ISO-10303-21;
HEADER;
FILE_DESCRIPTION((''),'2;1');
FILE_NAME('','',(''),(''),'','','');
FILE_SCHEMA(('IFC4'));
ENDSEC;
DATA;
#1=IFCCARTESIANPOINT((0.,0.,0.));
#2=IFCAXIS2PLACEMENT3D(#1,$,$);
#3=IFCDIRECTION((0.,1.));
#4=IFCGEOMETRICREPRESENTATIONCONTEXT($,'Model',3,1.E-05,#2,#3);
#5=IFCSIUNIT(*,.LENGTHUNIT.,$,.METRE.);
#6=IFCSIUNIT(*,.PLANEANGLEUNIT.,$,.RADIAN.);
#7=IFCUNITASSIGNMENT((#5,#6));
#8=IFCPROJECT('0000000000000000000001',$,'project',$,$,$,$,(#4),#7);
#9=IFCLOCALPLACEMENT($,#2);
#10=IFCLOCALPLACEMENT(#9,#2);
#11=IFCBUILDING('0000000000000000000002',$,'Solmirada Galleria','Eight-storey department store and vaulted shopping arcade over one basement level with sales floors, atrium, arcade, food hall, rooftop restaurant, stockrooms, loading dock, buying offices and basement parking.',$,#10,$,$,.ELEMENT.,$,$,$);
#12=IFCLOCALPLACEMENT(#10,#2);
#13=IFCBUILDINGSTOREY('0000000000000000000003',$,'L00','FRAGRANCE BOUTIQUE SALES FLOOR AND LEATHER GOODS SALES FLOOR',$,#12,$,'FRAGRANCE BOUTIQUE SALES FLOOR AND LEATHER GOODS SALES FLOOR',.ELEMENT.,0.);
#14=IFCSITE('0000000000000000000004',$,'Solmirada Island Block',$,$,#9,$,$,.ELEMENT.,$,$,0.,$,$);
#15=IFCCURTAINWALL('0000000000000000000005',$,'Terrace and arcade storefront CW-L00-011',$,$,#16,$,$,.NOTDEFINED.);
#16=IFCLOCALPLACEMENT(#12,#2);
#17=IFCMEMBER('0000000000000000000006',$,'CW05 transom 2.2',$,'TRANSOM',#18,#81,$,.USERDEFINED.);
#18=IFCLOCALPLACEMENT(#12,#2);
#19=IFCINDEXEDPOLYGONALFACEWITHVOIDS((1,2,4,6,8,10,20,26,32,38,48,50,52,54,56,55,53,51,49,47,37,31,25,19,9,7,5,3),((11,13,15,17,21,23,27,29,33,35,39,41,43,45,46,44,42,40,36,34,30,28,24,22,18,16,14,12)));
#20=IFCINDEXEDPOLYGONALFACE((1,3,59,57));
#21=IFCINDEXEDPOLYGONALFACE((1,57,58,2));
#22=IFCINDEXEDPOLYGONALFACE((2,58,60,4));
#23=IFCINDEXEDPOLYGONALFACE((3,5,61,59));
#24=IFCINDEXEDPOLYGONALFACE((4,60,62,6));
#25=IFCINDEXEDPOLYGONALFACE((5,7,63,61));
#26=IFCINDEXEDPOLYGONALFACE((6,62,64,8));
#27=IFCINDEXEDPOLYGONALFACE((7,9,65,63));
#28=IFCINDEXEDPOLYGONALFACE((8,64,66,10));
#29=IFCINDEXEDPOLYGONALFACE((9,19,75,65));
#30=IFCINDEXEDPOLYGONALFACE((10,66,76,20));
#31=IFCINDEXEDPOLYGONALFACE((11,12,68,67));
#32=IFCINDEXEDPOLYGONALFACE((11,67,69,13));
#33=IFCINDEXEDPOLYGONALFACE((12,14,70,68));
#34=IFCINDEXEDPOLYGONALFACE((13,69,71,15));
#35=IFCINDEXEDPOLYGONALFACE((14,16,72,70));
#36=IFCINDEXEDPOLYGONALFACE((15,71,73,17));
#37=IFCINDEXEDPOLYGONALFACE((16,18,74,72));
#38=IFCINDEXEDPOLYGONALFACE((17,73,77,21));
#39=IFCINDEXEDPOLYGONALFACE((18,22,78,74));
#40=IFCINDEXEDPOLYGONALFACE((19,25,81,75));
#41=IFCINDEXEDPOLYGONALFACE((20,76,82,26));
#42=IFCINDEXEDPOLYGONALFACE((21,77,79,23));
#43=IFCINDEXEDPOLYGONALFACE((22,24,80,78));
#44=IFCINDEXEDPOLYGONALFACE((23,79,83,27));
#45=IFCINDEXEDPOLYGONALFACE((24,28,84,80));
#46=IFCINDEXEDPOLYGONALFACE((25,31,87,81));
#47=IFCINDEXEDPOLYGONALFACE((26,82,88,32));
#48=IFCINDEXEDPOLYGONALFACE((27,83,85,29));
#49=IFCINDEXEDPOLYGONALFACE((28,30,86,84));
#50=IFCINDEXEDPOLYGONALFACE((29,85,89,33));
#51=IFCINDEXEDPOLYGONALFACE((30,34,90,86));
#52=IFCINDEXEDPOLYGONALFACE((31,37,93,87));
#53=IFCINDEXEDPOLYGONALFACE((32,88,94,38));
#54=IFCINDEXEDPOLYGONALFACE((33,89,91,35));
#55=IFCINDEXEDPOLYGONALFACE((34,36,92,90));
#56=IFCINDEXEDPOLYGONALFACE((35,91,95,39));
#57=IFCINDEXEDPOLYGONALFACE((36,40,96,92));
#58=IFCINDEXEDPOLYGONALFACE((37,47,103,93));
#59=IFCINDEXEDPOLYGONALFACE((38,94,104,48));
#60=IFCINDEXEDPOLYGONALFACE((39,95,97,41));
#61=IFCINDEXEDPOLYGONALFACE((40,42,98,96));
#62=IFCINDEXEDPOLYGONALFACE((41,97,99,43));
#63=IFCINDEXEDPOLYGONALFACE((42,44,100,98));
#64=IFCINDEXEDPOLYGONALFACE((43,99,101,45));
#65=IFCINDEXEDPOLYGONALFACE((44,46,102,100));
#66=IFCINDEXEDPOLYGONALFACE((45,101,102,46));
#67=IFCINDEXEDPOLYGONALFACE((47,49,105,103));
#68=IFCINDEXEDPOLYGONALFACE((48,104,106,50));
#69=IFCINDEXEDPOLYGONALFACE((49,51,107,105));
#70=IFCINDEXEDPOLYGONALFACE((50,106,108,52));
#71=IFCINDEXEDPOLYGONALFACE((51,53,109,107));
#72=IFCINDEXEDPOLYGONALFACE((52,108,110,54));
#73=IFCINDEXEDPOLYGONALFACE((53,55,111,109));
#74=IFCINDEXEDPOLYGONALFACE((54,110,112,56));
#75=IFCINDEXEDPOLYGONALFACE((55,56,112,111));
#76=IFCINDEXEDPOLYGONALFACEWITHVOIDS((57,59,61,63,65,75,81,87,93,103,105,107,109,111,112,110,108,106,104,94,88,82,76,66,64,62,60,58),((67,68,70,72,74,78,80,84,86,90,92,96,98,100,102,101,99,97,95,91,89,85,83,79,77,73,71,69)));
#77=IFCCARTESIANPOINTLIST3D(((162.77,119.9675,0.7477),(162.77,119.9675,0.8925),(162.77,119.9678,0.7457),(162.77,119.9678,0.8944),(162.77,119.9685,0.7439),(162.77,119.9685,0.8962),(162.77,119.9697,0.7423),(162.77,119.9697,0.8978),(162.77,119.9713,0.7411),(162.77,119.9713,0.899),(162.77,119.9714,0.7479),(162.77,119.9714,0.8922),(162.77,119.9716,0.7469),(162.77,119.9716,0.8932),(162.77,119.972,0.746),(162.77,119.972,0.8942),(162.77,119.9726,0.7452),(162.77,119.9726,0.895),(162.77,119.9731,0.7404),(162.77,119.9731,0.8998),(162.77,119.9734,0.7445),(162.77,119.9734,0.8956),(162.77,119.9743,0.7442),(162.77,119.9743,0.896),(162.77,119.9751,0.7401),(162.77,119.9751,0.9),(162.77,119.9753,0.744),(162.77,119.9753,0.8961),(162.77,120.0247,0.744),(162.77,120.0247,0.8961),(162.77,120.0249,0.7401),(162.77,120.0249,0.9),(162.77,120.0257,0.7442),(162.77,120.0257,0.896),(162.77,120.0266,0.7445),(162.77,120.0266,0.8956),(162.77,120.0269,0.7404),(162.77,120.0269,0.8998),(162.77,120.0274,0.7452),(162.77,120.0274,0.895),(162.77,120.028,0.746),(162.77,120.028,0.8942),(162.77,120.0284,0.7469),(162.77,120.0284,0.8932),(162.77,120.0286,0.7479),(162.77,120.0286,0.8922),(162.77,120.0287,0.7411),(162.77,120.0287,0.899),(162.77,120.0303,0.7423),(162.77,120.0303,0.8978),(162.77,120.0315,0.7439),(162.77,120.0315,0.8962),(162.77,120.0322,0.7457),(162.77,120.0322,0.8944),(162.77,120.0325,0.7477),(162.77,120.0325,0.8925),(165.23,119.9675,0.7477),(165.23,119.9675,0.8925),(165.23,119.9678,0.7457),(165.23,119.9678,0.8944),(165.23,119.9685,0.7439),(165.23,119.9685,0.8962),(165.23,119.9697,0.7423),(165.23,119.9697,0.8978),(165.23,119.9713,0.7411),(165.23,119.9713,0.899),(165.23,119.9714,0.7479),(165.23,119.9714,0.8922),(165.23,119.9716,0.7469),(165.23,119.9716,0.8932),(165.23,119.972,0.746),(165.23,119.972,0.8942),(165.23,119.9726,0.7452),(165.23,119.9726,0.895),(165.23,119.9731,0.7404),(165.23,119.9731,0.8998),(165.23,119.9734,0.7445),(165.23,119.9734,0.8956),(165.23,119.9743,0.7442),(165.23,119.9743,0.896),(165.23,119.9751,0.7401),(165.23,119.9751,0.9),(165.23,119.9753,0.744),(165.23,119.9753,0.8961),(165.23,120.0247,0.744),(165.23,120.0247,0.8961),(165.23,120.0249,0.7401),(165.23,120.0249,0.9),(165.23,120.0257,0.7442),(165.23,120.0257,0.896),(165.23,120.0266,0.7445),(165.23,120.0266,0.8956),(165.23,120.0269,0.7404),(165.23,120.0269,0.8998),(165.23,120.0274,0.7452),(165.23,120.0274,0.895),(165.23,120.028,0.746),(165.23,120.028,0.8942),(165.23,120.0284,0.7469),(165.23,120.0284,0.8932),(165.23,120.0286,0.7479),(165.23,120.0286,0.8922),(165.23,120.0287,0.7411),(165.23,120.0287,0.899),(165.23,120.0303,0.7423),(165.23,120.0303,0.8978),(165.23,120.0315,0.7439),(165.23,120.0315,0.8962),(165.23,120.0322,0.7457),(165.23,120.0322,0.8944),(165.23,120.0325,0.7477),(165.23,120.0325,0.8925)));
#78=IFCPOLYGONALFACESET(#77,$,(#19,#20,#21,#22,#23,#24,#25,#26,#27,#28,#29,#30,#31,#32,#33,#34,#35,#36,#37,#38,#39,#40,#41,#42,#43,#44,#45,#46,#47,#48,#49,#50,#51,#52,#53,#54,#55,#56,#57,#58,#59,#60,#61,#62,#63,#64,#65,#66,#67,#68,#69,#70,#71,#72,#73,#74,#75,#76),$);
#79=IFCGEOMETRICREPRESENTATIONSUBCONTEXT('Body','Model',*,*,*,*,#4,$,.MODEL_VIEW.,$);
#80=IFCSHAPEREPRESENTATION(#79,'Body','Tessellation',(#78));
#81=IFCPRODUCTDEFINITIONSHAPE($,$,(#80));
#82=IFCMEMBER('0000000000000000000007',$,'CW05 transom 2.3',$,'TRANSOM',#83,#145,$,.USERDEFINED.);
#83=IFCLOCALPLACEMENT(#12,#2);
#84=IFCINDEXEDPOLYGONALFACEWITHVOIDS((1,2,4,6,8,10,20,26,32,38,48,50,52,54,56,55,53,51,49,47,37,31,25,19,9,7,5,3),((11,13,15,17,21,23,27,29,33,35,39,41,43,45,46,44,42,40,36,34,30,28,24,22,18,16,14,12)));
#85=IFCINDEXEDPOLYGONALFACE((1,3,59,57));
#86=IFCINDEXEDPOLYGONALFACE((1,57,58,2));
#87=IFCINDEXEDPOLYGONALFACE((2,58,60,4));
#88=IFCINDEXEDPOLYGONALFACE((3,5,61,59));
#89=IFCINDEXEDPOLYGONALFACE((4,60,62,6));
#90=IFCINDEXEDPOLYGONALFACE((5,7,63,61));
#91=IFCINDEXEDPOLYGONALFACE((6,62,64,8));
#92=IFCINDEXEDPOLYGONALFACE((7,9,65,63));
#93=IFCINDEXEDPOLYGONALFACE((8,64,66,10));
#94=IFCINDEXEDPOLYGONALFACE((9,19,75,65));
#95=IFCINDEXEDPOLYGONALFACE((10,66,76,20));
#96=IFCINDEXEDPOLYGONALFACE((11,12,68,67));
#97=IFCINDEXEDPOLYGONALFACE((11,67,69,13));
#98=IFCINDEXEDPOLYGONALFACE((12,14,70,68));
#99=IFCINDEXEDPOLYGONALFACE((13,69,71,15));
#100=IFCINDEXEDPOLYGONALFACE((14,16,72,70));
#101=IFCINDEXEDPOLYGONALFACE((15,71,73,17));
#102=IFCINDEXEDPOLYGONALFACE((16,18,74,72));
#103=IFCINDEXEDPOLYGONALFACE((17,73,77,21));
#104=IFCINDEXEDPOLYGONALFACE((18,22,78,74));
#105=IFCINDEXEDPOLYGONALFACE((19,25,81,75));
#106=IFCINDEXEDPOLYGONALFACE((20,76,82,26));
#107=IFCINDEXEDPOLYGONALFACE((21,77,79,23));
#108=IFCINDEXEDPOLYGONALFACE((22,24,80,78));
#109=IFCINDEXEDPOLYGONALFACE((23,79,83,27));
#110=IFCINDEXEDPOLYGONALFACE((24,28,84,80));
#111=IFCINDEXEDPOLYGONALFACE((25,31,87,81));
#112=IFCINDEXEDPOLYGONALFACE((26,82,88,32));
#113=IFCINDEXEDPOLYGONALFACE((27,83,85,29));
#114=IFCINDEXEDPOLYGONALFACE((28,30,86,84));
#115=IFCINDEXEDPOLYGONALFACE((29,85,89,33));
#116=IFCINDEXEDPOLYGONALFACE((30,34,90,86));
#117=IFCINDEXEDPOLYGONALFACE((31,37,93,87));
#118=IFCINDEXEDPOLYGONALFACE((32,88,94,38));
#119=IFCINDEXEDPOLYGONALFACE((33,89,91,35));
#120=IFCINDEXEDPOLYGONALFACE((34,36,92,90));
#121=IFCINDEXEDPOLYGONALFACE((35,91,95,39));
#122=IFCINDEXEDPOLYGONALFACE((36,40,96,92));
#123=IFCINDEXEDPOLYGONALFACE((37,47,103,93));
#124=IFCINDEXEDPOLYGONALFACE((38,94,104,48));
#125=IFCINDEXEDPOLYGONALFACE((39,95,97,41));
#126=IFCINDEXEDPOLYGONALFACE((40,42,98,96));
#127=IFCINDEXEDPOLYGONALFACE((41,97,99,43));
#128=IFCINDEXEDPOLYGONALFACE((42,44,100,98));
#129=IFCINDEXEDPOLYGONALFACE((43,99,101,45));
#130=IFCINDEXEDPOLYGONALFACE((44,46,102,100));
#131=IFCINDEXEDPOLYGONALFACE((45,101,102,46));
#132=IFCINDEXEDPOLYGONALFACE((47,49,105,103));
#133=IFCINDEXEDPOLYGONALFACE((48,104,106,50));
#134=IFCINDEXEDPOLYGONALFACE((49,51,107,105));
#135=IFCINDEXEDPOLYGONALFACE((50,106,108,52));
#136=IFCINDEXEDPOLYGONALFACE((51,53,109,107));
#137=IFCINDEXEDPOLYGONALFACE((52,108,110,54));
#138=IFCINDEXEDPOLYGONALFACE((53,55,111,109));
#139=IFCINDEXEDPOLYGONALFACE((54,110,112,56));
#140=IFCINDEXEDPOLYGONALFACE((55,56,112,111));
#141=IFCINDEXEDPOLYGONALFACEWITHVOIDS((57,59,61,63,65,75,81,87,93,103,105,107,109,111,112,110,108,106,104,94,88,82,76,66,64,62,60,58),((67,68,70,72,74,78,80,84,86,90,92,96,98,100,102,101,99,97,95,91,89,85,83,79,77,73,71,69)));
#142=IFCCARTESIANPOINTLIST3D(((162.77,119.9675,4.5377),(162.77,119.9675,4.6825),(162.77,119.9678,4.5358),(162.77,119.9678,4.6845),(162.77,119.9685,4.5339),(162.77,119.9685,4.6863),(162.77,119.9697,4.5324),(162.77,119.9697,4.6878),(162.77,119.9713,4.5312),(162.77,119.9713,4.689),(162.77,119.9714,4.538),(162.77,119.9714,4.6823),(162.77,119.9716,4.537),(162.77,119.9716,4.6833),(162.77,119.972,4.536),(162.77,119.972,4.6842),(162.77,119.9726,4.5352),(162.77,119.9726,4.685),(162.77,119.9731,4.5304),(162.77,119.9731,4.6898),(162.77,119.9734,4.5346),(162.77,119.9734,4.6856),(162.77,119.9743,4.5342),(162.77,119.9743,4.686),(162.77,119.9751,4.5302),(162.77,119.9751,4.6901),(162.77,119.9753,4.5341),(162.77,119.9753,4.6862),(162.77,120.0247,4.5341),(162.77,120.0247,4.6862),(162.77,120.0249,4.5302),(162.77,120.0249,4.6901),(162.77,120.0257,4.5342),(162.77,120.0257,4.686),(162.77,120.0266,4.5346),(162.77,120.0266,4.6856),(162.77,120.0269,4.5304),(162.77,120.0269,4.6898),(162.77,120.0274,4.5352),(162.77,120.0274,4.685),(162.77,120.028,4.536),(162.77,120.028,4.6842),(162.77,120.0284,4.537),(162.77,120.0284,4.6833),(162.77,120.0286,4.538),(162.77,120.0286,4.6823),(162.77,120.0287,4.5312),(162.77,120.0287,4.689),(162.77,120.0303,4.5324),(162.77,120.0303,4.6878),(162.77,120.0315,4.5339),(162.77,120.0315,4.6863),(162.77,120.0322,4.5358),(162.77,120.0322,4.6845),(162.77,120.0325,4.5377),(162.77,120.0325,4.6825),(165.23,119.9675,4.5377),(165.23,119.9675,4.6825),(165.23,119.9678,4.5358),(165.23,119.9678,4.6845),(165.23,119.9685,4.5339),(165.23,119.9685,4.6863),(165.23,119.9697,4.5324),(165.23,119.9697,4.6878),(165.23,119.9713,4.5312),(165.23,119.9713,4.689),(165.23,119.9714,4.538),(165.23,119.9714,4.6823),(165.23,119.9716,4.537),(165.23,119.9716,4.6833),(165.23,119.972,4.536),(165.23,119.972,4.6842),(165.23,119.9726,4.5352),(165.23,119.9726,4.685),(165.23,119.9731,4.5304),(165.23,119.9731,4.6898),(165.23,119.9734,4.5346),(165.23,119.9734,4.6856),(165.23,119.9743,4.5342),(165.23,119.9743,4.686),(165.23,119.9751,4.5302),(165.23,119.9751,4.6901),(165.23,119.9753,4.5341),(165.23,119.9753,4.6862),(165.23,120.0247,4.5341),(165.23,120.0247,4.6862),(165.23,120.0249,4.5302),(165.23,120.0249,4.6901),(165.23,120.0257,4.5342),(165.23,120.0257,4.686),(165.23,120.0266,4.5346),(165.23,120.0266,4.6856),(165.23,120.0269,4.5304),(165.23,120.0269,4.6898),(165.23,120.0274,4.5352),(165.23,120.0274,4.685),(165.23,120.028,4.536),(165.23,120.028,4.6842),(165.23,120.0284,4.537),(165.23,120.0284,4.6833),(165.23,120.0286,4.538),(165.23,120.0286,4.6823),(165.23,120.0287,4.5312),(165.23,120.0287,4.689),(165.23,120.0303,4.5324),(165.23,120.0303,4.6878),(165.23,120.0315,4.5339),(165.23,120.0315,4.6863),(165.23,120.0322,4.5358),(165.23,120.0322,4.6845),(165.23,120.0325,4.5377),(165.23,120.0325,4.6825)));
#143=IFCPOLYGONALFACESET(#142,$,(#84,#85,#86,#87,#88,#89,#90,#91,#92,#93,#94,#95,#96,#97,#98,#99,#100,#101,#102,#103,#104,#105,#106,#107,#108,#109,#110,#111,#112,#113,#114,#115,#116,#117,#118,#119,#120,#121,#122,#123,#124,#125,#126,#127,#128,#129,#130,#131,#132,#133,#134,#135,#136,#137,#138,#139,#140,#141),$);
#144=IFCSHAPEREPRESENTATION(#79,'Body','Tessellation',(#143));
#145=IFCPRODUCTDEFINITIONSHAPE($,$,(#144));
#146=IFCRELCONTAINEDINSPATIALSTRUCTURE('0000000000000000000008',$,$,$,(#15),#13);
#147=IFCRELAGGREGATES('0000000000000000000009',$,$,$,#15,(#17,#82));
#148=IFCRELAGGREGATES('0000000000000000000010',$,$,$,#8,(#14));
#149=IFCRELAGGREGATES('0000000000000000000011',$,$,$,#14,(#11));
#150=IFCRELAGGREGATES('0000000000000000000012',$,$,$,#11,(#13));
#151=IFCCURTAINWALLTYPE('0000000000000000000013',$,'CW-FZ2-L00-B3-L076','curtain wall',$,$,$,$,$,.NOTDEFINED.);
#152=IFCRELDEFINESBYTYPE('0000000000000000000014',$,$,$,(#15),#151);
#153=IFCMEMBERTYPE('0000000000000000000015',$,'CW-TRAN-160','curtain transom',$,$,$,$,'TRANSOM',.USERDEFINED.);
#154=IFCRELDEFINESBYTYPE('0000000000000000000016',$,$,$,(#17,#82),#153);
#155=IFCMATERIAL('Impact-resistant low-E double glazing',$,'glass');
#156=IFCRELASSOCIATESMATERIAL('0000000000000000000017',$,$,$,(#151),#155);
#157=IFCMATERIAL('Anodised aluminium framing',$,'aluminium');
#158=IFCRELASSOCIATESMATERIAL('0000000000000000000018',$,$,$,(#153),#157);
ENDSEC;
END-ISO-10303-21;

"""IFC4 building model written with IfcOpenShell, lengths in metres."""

from ifc_helpers import new_model, si_unit, direction, frame, origin, origin_2d, place, context, subcontext, project, spatial, hollow_rectangle, extrude, material, material_profile, profile_set, type_object, element, aggregate, save


model = new_model("IFC4")

# Units and contexts
model_context = context("Model", 3, precision=1e-05, world=origin(), true_north=direction((0.0, 1.0)))
body_context = subcontext(model_context, "Body", "Model", "MODEL_VIEW")
ifc_project = project(units=[si_unit("LENGTHUNIT", "METRE"), si_unit("PLANEANGLEUNIT", "RADIAN")], contexts=[model_context])

# Site, building, storey
site_placement = place(None, origin())
site = spatial("IfcSite", under=ifc_project, at=site_placement, Name="Solmirada Island Block", CompositionType="ELEMENT", RefElevation=0.0)
building_placement = place(site_placement, origin())
building = spatial("IfcBuilding", under=site, at=building_placement, Name="Solmirada Galleria", Description="Eight-storey department store and vaulted shopping arcade over one basement level with sales floors, atrium, arcade, food hall, rooftop restaurant, stockrooms, loading dock, buying offices and basement parking.", CompositionType="ELEMENT")
storey_placement = place(building_placement, origin())
storey = spatial("IfcBuildingStorey", under=building, at=storey_placement, Name="L00", Description="FRAGRANCE BOUTIQUE SALES FLOOR AND LEATHER GOODS SALES FLOOR", LongName="FRAGRANCE BOUTIQUE SALES FLOOR AND LEATHER GOODS SALES FLOOR", CompositionType="ELEMENT", Elevation=0.0)

# Curtain wall, members
ifc_material_1 = material(Name="Impact-resistant low-E double glazing", Category="glass")
curtain_wall_type = type_object("IfcCurtainWallType", Name="CW-FZ2-L00-B3-L076", Description="curtain wall", PredefinedType="NOTDEFINED", material=ifc_material_1)
curtain_wall_placement = place(storey_placement, origin())
curtain_wall = element("IfcCurtainWall", 1, at=curtain_wall_placement, inside=storey, type_object=curtain_wall_type, Name="Terrace and arcade storefront CW-L00-011", PredefinedType="NOTDEFINED")
ifc_material_2 = material(Name="Anodised aluminium framing", Category="aluminium")
ifc_material_profile_1 = material_profile(ifc_material_2, hollow_rectangle(XDim=0.0649, YDim=0.1599, WallThickness=0.0039, InnerFilletRadius=0.0039, OuterFilletRadius=0.0076, at=origin_2d()), Name="ALU-TRAN-160X65")
ifc_profile_set_1 = profile_set([ifc_material_profile_1], Name="Anodised aluminium framing")
member_type_1 = type_object("IfcMemberType", Name="CW-TRAN-160", Description="curtain transom", ElementType="TRANSOM", PredefinedType="USERDEFINED", material=ifc_profile_set_1)
member_1_placement = place(storey_placement, frame((162.77, 120.0, 0.8201), z_axis=(1.0, 0.0, 0.0), x_axis=(0.0, 1.0, 0.0)))
member_1 = element("IfcMember", 2, at=member_1_placement, type_object=member_type_1, Name="CW05 transom 2.2", ObjectType="TRANSOM", PredefinedType="USERDEFINED", context=body_context, shape_type="SweptSolid", body=[
    extrude(hollow_rectangle(XDim=0.0649, YDim=0.1599, WallThickness=0.0039, InnerFilletRadius=0.0039, OuterFilletRadius=0.0076, at=origin_2d()), origin(), (0.0, 0.0, 1.0), 2.46),
])
member_2_placement = place(storey_placement, frame((162.77, 120.0, 4.6101), z_axis=(1.0, 0.0, 0.0), x_axis=(0.0, 1.0, 0.0)))
member_2 = element("IfcMember", 3, at=member_2_placement, type_object=member_type_1, Name="CW05 transom 2.3", ObjectType="TRANSOM", PredefinedType="USERDEFINED", context=body_context, shape_type="SweptSolid", body=[
    extrude(hollow_rectangle(XDim=0.0649, YDim=0.1599, WallThickness=0.0039, InnerFilletRadius=0.0039, OuterFilletRadius=0.0076, at=origin_2d()), origin(), (0.0, 0.0, 1.0), 2.46),
])
aggregate(curtain_wall, [member_1, member_2])

save(model, "model.ifc")
